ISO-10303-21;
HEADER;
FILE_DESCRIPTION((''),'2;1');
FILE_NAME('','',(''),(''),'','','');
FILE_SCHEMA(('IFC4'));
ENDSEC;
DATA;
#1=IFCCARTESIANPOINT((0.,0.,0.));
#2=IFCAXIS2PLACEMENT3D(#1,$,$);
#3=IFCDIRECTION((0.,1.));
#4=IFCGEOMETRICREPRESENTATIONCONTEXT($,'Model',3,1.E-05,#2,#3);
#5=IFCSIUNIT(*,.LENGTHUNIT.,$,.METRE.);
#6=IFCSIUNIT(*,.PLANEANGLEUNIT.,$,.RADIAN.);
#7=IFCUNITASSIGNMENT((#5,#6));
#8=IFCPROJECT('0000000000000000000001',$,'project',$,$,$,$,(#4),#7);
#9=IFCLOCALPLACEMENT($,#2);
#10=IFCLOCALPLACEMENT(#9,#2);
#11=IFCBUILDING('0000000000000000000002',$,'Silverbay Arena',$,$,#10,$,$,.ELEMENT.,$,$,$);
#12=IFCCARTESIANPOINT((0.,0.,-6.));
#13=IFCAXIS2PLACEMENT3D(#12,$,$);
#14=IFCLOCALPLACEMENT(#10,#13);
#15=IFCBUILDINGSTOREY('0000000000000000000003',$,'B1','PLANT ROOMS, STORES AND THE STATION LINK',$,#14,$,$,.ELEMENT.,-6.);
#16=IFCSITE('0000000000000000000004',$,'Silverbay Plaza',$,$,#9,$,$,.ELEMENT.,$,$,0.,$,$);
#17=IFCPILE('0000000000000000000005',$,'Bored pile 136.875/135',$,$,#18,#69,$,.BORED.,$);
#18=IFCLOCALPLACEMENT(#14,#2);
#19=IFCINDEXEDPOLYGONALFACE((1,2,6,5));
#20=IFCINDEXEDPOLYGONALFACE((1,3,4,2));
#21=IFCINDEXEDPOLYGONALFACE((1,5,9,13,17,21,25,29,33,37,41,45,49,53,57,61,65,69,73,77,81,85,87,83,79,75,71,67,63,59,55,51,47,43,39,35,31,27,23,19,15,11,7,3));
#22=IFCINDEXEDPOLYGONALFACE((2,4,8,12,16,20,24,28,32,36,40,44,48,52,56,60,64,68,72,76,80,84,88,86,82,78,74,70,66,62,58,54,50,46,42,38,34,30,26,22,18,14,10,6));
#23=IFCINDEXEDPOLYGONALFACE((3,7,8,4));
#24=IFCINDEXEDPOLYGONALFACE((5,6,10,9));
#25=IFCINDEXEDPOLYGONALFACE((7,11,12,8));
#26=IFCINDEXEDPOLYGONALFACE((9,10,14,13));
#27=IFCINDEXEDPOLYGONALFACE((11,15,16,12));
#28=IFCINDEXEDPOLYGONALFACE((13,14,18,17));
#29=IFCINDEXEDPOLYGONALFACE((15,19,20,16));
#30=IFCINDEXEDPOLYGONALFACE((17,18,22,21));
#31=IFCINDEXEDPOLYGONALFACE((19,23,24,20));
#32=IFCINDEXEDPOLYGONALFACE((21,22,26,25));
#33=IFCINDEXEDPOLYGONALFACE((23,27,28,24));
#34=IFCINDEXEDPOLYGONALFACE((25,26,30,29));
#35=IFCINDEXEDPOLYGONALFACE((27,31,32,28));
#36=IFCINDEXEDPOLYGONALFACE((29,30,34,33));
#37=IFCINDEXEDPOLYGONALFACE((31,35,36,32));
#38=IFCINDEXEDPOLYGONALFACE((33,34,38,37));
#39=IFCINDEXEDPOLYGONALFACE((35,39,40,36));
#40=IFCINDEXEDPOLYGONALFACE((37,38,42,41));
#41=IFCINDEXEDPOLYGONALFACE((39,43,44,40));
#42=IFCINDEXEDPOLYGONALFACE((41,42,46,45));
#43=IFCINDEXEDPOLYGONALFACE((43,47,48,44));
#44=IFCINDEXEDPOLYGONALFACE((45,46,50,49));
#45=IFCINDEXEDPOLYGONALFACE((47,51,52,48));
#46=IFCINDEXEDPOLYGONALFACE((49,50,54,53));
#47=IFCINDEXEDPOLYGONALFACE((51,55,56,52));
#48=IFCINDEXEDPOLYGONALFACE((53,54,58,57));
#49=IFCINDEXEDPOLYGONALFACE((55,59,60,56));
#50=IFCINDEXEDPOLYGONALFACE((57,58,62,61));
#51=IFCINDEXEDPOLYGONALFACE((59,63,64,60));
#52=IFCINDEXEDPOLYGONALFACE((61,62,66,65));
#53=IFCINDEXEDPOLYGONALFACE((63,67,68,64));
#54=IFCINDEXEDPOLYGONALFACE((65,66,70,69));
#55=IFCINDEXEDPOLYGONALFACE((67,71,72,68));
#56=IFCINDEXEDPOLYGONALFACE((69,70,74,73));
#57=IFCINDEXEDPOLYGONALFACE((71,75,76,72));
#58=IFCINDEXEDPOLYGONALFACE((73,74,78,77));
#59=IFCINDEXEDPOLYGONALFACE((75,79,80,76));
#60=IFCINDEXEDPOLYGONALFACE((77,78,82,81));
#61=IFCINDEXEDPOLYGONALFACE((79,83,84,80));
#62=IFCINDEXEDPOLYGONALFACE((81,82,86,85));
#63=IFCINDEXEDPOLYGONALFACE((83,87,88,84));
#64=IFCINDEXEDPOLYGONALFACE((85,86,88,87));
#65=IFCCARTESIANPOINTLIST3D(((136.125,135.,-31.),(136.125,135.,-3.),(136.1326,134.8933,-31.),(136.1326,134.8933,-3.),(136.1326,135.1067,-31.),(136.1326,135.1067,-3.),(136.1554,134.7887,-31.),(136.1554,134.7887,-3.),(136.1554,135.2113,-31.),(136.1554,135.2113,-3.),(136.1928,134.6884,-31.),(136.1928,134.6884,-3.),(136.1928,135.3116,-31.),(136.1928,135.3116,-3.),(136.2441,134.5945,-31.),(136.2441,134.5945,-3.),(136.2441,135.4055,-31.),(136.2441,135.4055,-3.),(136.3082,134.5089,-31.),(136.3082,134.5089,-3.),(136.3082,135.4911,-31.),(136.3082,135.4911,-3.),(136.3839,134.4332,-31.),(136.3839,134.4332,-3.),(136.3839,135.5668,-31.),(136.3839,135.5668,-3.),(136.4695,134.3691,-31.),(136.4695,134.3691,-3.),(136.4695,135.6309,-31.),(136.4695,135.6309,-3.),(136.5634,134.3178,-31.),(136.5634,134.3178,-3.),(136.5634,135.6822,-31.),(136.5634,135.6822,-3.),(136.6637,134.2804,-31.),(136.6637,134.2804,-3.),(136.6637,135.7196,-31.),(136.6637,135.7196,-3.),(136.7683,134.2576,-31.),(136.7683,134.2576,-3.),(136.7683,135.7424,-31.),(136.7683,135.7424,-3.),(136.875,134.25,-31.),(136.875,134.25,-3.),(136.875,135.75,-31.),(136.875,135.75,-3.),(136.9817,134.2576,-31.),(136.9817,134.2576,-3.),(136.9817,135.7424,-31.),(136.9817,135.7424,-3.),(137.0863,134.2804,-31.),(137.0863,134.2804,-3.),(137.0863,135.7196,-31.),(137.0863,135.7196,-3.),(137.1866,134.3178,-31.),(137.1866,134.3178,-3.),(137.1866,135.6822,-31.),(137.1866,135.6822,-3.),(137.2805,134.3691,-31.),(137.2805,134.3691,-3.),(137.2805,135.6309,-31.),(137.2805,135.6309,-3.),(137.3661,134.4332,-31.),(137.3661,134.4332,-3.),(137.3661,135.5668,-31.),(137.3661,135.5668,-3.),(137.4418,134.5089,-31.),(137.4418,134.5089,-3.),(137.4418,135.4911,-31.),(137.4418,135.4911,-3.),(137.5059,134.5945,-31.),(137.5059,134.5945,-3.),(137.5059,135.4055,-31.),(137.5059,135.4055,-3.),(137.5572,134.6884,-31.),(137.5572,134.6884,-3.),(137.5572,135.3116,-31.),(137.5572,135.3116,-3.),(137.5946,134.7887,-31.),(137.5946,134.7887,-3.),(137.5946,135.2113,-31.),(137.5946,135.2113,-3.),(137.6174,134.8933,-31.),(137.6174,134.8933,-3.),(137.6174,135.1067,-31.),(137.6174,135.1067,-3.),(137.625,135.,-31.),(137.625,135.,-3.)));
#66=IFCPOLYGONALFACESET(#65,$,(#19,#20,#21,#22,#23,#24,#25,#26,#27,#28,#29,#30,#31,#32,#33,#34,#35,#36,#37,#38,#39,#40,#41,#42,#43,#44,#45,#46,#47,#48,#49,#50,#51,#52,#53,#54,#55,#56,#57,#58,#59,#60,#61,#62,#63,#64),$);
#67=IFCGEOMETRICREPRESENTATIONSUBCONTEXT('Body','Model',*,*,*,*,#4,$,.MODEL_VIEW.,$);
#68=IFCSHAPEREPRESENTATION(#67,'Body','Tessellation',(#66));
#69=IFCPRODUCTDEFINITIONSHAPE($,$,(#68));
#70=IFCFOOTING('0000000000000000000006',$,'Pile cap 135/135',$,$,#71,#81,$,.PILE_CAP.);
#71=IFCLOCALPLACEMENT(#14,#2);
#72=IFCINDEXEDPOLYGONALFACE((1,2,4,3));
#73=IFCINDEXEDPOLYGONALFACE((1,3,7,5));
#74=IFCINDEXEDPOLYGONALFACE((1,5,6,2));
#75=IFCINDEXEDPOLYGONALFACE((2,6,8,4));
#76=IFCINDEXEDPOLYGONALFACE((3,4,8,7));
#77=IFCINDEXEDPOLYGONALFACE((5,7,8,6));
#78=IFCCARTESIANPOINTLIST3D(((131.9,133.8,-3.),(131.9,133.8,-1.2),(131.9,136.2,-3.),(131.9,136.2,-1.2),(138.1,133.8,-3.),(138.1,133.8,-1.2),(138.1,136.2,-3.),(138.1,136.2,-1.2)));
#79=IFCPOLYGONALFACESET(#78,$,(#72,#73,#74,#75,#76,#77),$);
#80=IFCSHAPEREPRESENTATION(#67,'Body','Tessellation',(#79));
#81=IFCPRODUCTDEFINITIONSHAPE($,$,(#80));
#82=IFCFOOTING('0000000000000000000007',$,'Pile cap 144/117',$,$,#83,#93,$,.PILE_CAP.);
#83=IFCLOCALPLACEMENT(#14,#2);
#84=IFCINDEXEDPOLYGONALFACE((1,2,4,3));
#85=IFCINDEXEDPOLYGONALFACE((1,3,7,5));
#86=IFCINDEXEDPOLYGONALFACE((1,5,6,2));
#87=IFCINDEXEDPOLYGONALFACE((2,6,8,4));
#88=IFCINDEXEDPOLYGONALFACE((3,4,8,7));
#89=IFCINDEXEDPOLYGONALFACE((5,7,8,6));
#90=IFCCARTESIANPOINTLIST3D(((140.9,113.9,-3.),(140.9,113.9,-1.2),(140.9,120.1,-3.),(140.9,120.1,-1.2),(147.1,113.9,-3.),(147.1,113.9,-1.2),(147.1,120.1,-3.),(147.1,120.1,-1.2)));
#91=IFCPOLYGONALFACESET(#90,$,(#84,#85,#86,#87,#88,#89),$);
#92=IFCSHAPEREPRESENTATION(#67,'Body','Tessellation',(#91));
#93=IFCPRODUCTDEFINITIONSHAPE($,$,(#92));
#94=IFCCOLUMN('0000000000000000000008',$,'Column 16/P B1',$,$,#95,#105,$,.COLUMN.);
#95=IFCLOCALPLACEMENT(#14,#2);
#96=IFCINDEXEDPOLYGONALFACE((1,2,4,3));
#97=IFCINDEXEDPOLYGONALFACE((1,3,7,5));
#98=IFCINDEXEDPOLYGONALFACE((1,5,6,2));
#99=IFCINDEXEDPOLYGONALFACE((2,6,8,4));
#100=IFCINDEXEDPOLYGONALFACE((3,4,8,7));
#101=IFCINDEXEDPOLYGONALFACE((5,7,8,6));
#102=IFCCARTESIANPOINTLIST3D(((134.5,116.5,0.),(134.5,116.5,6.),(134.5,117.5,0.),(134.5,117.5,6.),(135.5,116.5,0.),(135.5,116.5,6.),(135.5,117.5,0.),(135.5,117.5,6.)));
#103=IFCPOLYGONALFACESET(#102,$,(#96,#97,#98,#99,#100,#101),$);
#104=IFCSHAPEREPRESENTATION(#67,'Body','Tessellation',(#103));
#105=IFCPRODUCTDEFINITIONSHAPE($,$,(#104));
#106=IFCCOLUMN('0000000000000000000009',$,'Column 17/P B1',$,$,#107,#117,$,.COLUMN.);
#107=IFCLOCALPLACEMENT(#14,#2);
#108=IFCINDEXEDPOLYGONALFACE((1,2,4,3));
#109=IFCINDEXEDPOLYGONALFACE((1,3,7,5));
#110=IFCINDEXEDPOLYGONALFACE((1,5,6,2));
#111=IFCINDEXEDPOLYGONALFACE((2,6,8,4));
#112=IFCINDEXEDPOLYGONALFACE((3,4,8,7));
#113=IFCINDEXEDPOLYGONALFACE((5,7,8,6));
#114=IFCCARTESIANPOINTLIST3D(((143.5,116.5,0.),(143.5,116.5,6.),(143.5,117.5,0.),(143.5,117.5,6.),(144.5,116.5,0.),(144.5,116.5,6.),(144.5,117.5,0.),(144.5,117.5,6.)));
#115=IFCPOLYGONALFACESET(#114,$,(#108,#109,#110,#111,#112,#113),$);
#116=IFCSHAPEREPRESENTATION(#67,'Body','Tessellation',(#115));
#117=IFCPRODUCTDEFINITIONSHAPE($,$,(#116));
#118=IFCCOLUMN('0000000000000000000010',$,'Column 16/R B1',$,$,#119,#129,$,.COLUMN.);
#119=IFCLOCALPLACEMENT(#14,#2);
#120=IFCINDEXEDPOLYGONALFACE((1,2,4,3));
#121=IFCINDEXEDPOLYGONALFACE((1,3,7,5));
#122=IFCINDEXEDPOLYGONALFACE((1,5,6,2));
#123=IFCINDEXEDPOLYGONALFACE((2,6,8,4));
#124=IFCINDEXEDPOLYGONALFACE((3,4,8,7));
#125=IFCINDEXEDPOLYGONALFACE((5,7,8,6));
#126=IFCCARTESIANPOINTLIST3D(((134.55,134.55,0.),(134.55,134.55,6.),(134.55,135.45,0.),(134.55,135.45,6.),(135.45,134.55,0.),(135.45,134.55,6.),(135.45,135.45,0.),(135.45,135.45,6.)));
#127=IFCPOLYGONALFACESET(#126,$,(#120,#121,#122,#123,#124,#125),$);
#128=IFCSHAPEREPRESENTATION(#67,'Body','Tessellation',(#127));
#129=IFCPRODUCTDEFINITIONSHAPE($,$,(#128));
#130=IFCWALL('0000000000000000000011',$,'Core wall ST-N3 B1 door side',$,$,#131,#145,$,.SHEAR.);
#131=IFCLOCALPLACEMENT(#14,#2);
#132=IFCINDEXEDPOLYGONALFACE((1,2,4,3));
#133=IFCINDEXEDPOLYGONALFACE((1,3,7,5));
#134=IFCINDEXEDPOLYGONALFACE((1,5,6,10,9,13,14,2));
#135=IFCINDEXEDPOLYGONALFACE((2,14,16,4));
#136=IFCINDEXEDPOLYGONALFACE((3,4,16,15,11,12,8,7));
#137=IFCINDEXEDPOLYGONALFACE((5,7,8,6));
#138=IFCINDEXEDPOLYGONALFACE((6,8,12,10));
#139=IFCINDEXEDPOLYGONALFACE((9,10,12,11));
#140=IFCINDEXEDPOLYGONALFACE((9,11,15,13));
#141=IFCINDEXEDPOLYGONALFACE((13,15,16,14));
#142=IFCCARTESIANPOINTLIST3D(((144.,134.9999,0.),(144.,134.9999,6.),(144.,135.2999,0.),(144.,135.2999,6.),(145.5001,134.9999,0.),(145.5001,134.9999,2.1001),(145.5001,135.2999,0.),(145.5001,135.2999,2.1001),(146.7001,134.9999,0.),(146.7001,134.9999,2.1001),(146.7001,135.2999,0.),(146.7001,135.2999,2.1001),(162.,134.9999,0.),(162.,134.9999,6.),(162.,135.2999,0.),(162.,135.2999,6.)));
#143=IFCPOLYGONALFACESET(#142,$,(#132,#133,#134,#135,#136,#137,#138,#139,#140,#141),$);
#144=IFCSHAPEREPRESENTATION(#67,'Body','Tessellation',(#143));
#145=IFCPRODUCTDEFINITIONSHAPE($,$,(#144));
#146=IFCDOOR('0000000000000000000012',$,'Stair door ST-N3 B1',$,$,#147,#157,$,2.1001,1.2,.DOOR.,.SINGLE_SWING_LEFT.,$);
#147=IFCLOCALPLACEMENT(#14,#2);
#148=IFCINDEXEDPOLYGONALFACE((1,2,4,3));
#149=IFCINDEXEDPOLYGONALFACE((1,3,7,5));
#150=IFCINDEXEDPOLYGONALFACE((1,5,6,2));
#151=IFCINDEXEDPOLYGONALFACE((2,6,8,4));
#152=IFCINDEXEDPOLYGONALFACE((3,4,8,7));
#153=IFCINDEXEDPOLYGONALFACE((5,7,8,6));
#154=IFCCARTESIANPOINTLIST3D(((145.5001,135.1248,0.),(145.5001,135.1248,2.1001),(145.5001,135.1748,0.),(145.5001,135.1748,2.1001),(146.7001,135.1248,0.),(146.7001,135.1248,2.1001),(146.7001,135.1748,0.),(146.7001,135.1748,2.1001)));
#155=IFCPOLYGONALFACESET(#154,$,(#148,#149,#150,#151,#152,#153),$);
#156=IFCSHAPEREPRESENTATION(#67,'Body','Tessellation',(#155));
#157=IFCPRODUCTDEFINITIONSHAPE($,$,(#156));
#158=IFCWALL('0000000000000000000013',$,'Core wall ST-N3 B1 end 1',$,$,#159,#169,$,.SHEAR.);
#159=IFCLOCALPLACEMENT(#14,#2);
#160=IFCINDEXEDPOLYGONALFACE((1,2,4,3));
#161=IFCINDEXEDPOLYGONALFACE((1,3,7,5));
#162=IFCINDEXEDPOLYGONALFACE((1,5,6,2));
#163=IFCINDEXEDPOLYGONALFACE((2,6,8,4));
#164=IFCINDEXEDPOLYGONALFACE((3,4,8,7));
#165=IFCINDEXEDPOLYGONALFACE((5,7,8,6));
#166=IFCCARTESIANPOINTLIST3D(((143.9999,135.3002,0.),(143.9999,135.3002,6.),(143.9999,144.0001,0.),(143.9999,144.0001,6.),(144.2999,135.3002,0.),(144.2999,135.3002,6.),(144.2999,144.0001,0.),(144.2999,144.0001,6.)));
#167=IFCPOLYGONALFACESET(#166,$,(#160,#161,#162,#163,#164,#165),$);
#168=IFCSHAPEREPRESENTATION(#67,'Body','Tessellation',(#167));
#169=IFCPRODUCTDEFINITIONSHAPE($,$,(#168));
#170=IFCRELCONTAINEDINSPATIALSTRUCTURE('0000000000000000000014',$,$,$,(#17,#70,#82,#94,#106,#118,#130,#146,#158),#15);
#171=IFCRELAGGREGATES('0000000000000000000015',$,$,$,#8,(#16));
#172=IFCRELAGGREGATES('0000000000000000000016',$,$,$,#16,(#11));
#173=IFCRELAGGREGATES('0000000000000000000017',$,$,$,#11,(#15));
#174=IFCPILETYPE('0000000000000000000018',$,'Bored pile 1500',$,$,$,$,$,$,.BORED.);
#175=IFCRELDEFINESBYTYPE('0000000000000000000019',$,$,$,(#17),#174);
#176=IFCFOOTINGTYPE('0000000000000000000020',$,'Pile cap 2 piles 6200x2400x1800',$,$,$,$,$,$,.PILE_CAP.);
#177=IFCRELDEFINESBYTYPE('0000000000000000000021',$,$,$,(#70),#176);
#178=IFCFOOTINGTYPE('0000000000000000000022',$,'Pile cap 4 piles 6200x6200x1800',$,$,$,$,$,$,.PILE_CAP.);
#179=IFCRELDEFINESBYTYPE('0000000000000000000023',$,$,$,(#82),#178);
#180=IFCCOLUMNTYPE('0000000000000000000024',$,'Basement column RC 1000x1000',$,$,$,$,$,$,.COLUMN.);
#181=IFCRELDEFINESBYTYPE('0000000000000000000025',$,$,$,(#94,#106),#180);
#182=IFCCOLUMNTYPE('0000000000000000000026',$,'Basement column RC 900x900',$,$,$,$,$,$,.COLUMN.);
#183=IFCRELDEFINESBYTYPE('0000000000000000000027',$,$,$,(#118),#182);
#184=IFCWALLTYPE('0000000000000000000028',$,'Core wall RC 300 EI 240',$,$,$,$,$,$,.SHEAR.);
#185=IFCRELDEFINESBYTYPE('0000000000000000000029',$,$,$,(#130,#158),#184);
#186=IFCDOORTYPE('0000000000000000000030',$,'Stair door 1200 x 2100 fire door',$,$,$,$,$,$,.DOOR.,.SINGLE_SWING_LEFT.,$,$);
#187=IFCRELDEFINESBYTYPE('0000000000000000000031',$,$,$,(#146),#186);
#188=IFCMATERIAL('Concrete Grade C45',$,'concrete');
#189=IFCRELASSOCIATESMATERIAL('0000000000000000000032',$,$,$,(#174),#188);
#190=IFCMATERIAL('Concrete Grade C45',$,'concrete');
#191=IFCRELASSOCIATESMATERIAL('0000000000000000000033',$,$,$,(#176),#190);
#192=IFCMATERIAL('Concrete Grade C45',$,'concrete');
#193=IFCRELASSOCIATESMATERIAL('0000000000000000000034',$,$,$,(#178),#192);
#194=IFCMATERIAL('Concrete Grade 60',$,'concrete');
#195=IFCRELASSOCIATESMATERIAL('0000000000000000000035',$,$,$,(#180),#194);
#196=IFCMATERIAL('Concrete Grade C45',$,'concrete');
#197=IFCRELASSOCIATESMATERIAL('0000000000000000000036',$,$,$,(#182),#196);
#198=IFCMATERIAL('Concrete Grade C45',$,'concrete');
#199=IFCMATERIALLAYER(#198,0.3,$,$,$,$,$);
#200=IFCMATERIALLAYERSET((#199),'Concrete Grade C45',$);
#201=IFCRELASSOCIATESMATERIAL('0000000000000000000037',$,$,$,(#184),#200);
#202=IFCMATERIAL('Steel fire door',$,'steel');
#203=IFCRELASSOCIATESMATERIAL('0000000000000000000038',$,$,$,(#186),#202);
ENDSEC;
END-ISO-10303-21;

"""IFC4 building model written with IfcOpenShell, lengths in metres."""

from ifc_helpers import new_model, si_unit, direction, frame, frame_2d, origin, origin_2d, place, context, subcontext, project, spatial, rectangle, circle, extrude, material, layer, layer_set, material_profile, profile_set, type_object, element, fill, save


model = new_model("IFC4")

# Units and contexts
model_context = context("Model", 3, precision=1e-05, world=origin(), true_north=direction((0.0, 1.0)))
body_context = subcontext(model_context, "Body", "Model", "MODEL_VIEW")
ifc_project = project(units=[si_unit("LENGTHUNIT", "METRE"), si_unit("PLANEANGLEUNIT", "RADIAN")], contexts=[model_context])

# Site, building, storey
site_placement = place(None, origin())
site = spatial("IfcSite", under=ifc_project, at=site_placement, Name="Silverbay Plaza", CompositionType="ELEMENT", RefElevation=0.0)
building_placement = place(site_placement, origin())
building = spatial("IfcBuilding", under=site, at=building_placement, Name="Silverbay Arena", CompositionType="ELEMENT")
storey_placement = place(building_placement, frame((0.0, 0.0, -6.0)))
storey = spatial("IfcBuildingStorey", under=building, at=storey_placement, Name="B1", Description="PLANT ROOMS, STORES AND THE STATION LINK", CompositionType="ELEMENT", Elevation=-6.0)

# Pile
ifc_material_1 = material(Name="Concrete Grade C45", Category="concrete")
ifc_material_profile_1 = material_profile(ifc_material_1, circle(Radius=0.75, at=origin_2d()), Name="Bored pile 1500")
ifc_profile_set_1 = profile_set([ifc_material_profile_1], Name="Concrete Grade C45")
pile_type = type_object("IfcPileType", Name="Bored pile 1500", PredefinedType="BORED", material=ifc_profile_set_1)
for number, where, z_axis, x_axis, name in (
    (1, (136.875, 135.0, -3.0), (0.0, 0.0, -1.0), (1.0, 0.0, 0.0), "Bored pile 136.875/135"),
):
    element("IfcPile", number, at=place(storey_placement, frame(where, z_axis=z_axis, x_axis=x_axis)), inside=storey, type_object=pile_type, Name=name, PredefinedType="BORED", context=body_context, shape_type="SweptSolid", body=[
        extrude(circle(Radius=0.75, at=origin_2d()), origin(), (0.0, 0.0, 1.0), 28.0),
    ])

# Footings
ifc_material_2 = material(Name="Concrete Grade C45", Category="concrete")
footing_type_1 = type_object("IfcFootingType", Name="Pile cap 2 piles 6200x2400x1800", PredefinedType="PILE_CAP", material=ifc_material_2)
footing_1_placement = place(storey_placement, frame((135.0, 135.0, -3.0), z_axis=(0.0, 0.0, 1.0), x_axis=(1.0, 0.0, 0.0)))
element("IfcFooting", 2, at=footing_1_placement, inside=storey, type_object=footing_type_1, Name="Pile cap 135/135", PredefinedType="PILE_CAP", context=body_context, shape_type="SweptSolid", body=[
    extrude(rectangle(XDim=6.2, YDim=2.3999, at=origin_2d()), origin(), (0.0, 0.0, 1.0), 1.8),
])
ifc_material_3 = material(Name="Concrete Grade C45", Category="concrete")
footing_type_2 = type_object("IfcFootingType", Name="Pile cap 4 piles 6200x6200x1800", PredefinedType="PILE_CAP", material=ifc_material_3)
footing_2_placement = place(storey_placement, frame((144.0, 117.0, -3.0), z_axis=(0.0, 0.0, 1.0), x_axis=(1.0, 0.0, 0.0)))
element("IfcFooting", 3, at=footing_2_placement, inside=storey, type_object=footing_type_2, Name="Pile cap 144/117", PredefinedType="PILE_CAP", context=body_context, shape_type="SweptSolid", body=[
    extrude(rectangle(XDim=6.2, YDim=6.2, at=origin_2d()), origin(), (0.0, 0.0, 1.0), 1.8),
])

# Columns
ifc_material_4 = material(Name="Concrete Grade 60", Category="concrete")
ifc_material_profile_2 = material_profile(ifc_material_4, rectangle(XDim=1.0, YDim=1.0, at=origin_2d()), Name="RC 1000x1000")
ifc_profile_set_2 = profile_set([ifc_material_profile_2], Name="Concrete Grade 60")
column_type_1 = type_object("IfcColumnType", Name="Basement column RC 1000x1000", PredefinedType="COLUMN", material=ifc_profile_set_2)
for number, where, z_axis, x_axis, name in (
    (4, (135.0, 117.0, 0.0), (0.0, 0.0, 1.0), (1.0, 0.0, 0.0), "Column 16/P B1"),
    (5, (144.0, 117.0, 0.0), (0.0, 0.0, 1.0), (1.0, 0.0, 0.0), "Column 17/P B1"),
):
    element("IfcColumn", number, at=place(storey_placement, frame(where, z_axis=z_axis, x_axis=x_axis)), inside=storey, type_object=column_type_1, Name=name, PredefinedType="COLUMN", context=body_context, shape_type="SweptSolid", body=[
        extrude(rectangle(XDim=1.0, YDim=1.0, at=origin_2d()), origin(), (0.0, 0.0, 1.0), 6.0),
    ])
ifc_material_5 = material(Name="Concrete Grade C45", Category="concrete")
ifc_material_profile_3 = material_profile(ifc_material_5, rectangle(XDim=0.8999, YDim=0.8999, at=origin_2d()), Name="RC 900x900")
ifc_profile_set_3 = profile_set([ifc_material_profile_3], Name="Concrete Grade C45")
column_type_2 = type_object("IfcColumnType", Name="Basement column RC 900x900", PredefinedType="COLUMN", material=ifc_profile_set_3)
column_placement = place(storey_placement, frame((135.0, 135.0, 0.0), z_axis=(0.0, 0.0, 1.0), x_axis=(1.0, 0.0, 0.0)))
element("IfcColumn", 6, at=column_placement, inside=storey, type_object=column_type_2, Name="Column 16/R B1", PredefinedType="COLUMN", context=body_context, shape_type="SweptSolid", body=[
    extrude(rectangle(XDim=0.8999, YDim=0.8999, at=origin_2d()), origin(), (0.0, 0.0, 1.0), 6.0),
])

# Wall, opening, door
ifc_material_6 = material(Name="Concrete Grade C45", Category="concrete")
ifc_layer_1 = layer(ifc_material_6, 0.3)
ifc_layer_set_1 = layer_set([ifc_layer_1], Name="Concrete Grade C45")
wall_type_1 = type_object("IfcWallType", Name="Core wall RC 300 EI 240", PredefinedType="SHEAR", material=ifc_layer_set_1)
wall_1_placement = place(storey_placement, frame((144.0, 135.1499, 0.0), z_axis=(0.0, 0.0, 1.0), x_axis=(1.0, 0.0, 0.0)))
wall_1 = element("IfcWall", 7, at=wall_1_placement, inside=storey, type_object=wall_type_1, Name="Core wall ST-N3 B1 door side", PredefinedType="SHEAR", context=body_context, shape_type="SweptSolid", body=[
    extrude(rectangle(XDim=18.0, YDim=0.3, at=frame_2d((9.0, 0.0))), origin(), (0.0, 0.0, 1.0), 6.0),
])
opening_1_placement = place(wall_1_placement, frame((1.5, 0.0, 0.0)))
opening_1 = element("IfcOpeningElement", 8, at=opening_1_placement, cuts=wall_1, PredefinedType="OPENING", context=body_context, shape_type="SweptSolid", body=[
    extrude(rectangle(XDim=1.2, YDim=2.1001, at=frame_2d((0.6001, 1.05))), frame((0.0, 0.1602, 0.0), z_axis=(0.0, -1.0, 0.0), x_axis=(1.0, 0.0, 0.0)), (0.0, 0.0, 1.0), 0.3201),
])
ifc_material_7 = material(Name="Steel fire door", Category="steel")
door_type_1 = type_object("IfcDoorType", Name="Stair door 1200 x 2100 fire door", OperationType="SINGLE_SWING_LEFT", PredefinedType="DOOR", material=ifc_material_7)
door_1_placement = place(opening_1_placement, origin())
door_1 = element("IfcDoor", 9, at=door_1_placement, inside=storey, type_object=door_type_1, Name="Stair door ST-N3 B1", OperationType="SINGLE_SWING_LEFT", OverallHeight=2.1001, OverallWidth=1.2, PredefinedType="DOOR", context=body_context, shape_type="SweptSolid", body=[
    extrude(rectangle(XDim=1.2, YDim=2.1001, at=frame_2d((0.6001, 1.05))), frame((0.0, 0.0249, 0.0), z_axis=(0.0, -1.0, 0.0), x_axis=(1.0, 0.0, 0.0)), (0.0, 0.0, 1.0), 0.05),
])
fill(opening_1, door_1)

# Wall
wall_2_placement = place(storey_placement, frame((144.1499, 135.3, 0.0), z_axis=(0.0, 0.0, 1.0), x_axis=(0.0, 1.0, 0.0)))
element("IfcWall", 10, at=wall_2_placement, inside=storey, type_object=wall_type_1, Name="Core wall ST-N3 B1 end 1", PredefinedType="SHEAR", context=body_context, shape_type="SweptSolid", body=[
    extrude(rectangle(XDim=8.7, YDim=0.3, at=frame_2d((4.3501, 0.0))), origin(), (0.0, 0.0, 1.0), 6.0),
])

save(model, "model.ifc")
